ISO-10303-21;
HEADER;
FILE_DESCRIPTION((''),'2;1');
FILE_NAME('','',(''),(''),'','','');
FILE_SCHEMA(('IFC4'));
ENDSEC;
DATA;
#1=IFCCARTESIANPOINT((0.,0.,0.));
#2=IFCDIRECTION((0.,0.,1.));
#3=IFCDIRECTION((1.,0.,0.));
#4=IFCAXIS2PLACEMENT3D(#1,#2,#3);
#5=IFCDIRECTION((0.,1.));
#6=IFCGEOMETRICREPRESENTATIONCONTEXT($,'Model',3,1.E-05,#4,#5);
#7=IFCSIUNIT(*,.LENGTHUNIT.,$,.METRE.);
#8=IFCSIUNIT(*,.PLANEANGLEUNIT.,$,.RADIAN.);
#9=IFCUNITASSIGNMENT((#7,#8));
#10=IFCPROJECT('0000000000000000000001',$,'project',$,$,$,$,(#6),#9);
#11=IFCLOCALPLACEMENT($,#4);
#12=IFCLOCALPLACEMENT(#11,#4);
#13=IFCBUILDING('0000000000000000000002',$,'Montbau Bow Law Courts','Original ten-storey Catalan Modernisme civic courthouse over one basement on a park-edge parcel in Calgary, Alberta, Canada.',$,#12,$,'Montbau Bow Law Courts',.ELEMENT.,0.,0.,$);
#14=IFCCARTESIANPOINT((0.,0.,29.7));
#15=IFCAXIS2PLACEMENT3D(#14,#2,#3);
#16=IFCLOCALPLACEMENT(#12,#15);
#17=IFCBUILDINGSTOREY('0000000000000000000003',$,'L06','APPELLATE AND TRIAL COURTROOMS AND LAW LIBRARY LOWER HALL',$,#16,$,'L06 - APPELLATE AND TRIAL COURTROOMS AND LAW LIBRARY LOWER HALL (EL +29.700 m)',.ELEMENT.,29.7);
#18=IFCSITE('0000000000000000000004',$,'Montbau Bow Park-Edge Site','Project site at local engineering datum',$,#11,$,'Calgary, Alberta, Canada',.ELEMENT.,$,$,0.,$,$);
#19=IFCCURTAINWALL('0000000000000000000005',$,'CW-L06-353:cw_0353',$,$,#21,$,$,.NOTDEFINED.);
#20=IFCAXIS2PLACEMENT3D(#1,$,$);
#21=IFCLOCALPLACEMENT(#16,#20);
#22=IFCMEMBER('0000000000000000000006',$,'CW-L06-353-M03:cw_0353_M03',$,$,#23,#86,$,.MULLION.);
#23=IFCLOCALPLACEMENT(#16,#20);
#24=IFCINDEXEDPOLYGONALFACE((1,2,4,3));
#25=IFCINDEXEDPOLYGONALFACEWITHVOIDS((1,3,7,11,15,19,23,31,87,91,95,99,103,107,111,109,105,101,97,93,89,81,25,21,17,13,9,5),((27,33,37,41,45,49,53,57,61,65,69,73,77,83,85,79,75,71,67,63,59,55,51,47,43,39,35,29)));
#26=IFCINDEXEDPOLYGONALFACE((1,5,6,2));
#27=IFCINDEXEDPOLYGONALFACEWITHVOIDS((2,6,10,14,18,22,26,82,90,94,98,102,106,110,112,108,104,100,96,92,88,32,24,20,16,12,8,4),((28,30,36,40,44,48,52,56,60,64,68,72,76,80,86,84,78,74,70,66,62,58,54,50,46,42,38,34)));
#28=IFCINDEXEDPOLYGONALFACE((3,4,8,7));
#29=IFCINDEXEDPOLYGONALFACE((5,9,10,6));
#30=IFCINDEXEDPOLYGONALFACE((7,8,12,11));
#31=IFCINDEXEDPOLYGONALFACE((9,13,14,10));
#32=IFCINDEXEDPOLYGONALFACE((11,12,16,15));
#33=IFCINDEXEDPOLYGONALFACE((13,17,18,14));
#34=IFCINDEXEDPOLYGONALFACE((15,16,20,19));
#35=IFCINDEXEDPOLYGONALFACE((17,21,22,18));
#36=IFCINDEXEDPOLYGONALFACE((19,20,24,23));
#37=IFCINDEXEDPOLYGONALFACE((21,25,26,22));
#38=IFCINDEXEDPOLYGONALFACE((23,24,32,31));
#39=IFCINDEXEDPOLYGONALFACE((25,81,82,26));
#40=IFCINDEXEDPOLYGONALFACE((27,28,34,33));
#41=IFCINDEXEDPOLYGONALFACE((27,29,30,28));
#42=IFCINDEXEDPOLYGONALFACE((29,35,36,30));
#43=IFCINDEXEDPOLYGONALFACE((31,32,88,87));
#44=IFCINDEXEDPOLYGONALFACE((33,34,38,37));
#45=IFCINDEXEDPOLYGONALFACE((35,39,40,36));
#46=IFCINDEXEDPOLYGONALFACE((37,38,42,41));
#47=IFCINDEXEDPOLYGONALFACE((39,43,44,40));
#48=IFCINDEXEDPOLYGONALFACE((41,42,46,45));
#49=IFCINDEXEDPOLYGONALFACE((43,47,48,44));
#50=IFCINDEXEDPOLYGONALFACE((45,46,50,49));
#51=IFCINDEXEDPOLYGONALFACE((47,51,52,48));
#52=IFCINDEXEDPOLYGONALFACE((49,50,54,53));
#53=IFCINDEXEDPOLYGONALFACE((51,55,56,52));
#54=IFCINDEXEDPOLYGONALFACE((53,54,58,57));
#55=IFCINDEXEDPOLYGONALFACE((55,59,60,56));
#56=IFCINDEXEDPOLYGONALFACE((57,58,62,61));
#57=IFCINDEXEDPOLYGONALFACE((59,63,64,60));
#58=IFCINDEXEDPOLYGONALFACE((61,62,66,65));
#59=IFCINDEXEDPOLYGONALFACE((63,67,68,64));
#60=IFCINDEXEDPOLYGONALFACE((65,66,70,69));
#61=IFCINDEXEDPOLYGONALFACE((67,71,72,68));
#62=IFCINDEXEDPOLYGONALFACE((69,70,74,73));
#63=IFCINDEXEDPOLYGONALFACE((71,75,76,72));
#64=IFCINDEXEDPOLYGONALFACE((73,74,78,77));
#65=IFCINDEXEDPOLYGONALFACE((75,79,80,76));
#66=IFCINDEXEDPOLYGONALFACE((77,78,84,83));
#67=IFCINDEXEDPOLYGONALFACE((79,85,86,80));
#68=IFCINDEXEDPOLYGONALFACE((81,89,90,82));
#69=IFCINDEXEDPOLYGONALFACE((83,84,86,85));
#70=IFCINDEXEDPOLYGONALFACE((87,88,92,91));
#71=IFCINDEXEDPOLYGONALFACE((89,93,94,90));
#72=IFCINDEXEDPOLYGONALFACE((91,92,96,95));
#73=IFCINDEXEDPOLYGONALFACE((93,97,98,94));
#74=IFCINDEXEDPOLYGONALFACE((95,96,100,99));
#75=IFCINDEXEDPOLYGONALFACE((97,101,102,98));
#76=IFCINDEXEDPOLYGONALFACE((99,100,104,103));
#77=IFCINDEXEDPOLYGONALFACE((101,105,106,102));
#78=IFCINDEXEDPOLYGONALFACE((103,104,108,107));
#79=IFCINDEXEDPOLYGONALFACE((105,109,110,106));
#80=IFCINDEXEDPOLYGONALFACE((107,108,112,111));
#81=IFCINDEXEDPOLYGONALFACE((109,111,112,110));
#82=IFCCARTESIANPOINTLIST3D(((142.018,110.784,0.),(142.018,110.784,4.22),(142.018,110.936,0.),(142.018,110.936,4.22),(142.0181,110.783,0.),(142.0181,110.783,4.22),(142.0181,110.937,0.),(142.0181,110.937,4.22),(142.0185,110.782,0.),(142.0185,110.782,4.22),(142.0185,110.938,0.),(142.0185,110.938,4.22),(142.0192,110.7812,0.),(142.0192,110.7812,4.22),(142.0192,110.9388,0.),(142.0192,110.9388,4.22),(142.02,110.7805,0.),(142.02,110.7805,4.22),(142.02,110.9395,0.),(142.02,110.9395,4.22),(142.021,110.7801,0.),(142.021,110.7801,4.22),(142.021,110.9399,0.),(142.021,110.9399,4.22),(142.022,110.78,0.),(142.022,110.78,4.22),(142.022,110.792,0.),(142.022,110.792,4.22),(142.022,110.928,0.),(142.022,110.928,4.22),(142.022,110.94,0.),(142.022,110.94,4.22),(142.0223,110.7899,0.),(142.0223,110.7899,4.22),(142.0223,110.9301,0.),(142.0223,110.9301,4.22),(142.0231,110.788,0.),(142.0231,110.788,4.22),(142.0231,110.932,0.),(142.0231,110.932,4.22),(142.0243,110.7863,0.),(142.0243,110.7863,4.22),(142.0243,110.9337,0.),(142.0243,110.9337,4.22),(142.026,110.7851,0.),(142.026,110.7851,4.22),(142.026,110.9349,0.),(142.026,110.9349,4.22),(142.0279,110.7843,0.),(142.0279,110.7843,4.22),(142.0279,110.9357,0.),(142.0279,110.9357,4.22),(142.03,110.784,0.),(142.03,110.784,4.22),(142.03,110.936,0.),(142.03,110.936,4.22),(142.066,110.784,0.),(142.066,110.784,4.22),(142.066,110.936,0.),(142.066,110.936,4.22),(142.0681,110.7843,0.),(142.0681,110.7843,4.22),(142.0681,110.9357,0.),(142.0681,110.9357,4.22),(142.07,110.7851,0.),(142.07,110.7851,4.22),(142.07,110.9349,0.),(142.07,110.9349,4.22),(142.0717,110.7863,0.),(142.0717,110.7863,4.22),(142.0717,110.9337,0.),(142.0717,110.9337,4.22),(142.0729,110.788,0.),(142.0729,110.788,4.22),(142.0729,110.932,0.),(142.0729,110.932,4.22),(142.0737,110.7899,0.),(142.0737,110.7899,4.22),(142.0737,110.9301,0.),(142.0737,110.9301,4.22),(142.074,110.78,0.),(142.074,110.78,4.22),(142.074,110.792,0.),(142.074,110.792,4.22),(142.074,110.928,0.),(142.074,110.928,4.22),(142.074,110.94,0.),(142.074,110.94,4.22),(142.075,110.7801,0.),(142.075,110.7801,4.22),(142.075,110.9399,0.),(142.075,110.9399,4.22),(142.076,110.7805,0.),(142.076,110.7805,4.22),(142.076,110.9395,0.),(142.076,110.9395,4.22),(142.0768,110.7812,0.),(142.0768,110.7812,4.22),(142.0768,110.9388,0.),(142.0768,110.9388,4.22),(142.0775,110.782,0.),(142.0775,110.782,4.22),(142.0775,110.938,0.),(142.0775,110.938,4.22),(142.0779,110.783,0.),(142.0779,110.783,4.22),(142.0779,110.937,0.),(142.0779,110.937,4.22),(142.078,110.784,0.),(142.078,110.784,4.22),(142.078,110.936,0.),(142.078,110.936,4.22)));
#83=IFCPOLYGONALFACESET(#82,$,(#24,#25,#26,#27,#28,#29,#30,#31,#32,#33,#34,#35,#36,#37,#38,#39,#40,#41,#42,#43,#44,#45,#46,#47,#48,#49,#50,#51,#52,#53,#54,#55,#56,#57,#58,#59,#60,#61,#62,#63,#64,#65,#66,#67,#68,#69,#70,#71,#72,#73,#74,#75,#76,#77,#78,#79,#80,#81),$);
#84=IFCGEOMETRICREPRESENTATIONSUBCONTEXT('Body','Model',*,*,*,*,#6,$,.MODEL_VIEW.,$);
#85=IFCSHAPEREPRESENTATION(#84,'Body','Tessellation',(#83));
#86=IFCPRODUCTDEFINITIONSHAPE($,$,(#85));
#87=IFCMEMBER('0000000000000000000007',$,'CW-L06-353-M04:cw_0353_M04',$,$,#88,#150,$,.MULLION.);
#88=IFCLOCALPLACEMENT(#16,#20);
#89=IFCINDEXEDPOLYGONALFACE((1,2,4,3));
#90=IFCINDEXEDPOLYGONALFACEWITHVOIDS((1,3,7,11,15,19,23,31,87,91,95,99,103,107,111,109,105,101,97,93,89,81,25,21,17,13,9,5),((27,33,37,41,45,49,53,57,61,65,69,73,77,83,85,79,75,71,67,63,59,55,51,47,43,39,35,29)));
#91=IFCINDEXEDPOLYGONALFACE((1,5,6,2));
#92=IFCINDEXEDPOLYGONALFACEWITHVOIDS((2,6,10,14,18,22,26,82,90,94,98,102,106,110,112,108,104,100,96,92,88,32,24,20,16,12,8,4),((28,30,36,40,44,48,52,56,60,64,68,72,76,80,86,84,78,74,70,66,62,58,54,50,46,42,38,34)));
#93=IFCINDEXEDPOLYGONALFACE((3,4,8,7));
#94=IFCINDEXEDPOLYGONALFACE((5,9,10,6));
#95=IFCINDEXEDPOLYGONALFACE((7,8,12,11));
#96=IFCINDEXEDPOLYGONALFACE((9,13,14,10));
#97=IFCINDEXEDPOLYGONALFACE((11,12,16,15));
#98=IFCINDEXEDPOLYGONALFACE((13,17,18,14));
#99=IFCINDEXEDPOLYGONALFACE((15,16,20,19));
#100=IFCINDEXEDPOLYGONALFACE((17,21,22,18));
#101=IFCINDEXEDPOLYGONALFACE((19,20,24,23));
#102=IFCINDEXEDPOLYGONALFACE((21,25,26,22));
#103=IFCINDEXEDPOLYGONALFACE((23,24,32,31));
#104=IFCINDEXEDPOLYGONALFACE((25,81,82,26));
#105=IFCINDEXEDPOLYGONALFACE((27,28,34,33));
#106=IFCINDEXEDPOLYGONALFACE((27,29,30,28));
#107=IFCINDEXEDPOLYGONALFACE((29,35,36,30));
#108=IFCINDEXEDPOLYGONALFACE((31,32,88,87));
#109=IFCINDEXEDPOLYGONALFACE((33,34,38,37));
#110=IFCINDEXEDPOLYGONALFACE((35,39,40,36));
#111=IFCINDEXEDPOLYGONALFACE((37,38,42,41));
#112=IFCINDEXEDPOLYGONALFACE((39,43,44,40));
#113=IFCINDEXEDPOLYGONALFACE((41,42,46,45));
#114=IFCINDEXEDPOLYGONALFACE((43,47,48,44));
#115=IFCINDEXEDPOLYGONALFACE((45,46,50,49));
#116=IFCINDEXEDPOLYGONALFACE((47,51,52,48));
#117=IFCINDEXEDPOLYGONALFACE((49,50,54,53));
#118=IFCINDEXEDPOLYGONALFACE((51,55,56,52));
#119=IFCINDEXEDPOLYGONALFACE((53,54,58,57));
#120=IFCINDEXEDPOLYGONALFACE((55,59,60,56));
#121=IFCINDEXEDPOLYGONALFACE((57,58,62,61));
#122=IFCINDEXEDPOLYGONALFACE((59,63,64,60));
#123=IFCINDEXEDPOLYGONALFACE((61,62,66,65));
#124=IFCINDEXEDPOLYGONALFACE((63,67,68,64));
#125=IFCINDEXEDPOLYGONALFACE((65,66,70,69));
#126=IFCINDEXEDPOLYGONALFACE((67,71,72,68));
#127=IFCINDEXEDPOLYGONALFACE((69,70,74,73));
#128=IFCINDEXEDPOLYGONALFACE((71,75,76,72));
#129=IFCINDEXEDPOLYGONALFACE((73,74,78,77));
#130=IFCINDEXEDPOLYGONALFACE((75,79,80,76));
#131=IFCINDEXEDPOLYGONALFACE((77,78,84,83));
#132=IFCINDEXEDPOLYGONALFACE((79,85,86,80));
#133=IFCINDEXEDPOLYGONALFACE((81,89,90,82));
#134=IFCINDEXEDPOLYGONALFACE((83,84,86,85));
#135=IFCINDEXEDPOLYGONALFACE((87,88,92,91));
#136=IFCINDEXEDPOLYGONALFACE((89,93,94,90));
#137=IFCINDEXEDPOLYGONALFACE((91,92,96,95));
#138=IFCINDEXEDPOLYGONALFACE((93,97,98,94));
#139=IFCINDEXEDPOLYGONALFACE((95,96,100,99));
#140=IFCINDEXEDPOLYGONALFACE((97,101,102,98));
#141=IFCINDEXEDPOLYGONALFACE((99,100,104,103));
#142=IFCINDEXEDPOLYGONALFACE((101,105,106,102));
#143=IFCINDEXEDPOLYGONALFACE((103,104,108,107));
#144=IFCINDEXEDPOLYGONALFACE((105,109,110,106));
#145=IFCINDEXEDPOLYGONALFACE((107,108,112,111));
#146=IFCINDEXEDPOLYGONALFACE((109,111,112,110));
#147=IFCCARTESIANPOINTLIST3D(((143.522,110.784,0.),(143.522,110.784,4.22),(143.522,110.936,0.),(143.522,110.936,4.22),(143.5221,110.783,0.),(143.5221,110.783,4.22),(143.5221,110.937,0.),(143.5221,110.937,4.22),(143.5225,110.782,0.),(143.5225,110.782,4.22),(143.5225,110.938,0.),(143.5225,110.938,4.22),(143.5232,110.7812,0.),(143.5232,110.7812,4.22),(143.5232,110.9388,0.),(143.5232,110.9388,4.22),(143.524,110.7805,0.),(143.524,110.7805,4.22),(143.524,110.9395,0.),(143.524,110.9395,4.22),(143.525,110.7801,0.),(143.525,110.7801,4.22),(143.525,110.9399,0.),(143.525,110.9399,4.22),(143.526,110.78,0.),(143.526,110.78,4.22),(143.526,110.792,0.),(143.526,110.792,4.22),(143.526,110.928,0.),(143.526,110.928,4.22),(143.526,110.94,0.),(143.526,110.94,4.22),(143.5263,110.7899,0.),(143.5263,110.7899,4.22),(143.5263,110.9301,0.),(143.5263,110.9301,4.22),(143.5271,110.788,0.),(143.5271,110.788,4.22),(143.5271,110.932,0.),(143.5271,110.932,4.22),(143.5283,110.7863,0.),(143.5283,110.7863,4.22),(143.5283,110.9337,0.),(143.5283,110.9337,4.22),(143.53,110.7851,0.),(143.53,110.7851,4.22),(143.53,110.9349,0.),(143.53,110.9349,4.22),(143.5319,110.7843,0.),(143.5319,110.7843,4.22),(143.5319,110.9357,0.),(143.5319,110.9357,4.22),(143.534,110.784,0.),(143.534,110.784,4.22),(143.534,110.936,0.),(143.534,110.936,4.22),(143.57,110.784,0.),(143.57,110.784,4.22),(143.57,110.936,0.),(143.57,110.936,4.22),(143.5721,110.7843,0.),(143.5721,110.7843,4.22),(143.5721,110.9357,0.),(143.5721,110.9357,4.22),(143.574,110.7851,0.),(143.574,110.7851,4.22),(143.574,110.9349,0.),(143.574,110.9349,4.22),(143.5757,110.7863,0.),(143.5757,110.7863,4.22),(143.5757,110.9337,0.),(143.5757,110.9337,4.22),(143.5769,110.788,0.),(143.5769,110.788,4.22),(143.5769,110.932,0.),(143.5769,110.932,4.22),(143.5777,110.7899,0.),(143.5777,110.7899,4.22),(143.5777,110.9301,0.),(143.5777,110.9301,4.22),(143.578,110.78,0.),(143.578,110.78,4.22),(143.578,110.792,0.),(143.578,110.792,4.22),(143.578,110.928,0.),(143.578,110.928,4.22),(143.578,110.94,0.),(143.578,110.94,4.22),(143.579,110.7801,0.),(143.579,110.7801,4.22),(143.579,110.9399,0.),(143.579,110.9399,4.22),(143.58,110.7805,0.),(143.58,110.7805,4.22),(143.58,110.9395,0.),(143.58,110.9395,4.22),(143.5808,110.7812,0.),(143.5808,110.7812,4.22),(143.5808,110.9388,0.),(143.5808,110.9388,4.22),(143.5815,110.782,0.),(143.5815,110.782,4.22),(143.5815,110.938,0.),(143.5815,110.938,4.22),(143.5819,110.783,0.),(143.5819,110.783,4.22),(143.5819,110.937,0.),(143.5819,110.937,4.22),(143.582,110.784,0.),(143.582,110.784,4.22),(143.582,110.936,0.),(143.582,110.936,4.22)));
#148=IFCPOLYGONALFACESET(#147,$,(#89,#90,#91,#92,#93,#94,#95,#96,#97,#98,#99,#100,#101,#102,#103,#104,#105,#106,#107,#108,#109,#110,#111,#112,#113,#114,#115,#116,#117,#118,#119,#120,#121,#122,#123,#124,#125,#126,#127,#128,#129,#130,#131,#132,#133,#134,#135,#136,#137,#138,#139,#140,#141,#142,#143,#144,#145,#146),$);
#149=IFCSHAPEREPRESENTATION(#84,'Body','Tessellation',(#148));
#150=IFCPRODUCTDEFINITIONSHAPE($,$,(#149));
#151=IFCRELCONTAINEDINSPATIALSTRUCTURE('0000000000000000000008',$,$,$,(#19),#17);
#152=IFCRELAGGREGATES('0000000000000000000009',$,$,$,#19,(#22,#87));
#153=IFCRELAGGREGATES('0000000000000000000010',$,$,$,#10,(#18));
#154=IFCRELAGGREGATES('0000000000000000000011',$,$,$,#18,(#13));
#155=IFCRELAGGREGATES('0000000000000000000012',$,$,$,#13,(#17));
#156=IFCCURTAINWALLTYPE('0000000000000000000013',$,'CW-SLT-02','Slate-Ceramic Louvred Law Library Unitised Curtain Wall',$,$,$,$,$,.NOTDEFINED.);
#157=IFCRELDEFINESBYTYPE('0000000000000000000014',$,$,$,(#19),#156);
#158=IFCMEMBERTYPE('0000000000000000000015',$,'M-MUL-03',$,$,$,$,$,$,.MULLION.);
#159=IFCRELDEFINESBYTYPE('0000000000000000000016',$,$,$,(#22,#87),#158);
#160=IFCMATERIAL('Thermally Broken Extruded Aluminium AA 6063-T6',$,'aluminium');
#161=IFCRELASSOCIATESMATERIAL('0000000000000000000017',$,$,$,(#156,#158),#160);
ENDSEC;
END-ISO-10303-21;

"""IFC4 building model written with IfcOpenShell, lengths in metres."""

from ifc_helpers import new_model, si_unit, direction, frame, origin_with_axes, origin_2d_with_axis, place, context, subcontext, project, spatial, hollow_rectangle, extrude, material, material_profile, profile_set, type_object, element, aggregate, save


model = new_model("IFC4")

# Units and contexts
model_context = context("Model", 3, precision=1e-05, world=origin_with_axes(), true_north=direction((0.0, 1.0)))
body_context = subcontext(model_context, "Body", "Model", "MODEL_VIEW")
ifc_project = project(units=[si_unit("LENGTHUNIT", "METRE"), si_unit("PLANEANGLEUNIT", "RADIAN")], contexts=[model_context])

# Site, building, storey
site_placement = place(None, origin_with_axes())
site = spatial("IfcSite", under=ifc_project, at=site_placement, Name="Montbau Bow Park-Edge Site", Description="Project site at local engineering datum", LongName="Calgary, Alberta, Canada", CompositionType="ELEMENT", RefElevation=0.0)
building_placement = place(site_placement, origin_with_axes())
building = spatial("IfcBuilding", under=site, at=building_placement, Name="Montbau Bow Law Courts", Description="Original ten-storey Catalan Modernisme civic courthouse over one basement on a park-edge parcel in Calgary, Alberta, Canada.", LongName="Montbau Bow Law Courts", CompositionType="ELEMENT", ElevationOfRefHeight=0.0, ElevationOfTerrain=0.0)
storey_placement = place(building_placement, frame((0.0, 0.0, 29.7), z_axis=(0.0, 0.0, 1.0), x_axis=(1.0, 0.0, 0.0)))
storey = spatial("IfcBuildingStorey", under=building, at=storey_placement, Name="L06", Description="APPELLATE AND TRIAL COURTROOMS AND LAW LIBRARY LOWER HALL", LongName="L06 - APPELLATE AND TRIAL COURTROOMS AND LAW LIBRARY LOWER HALL (EL +29.700 m)", CompositionType="ELEMENT", Elevation=29.7)

# Curtain wall, members
ifc_material_1 = material(Name="Thermally Broken Extruded Aluminium AA 6063-T6", Category="aluminium")
curtain_wall_type = type_object("IfcCurtainWallType", Name="CW-SLT-02", Description="Slate-Ceramic Louvred Law Library Unitised Curtain Wall", PredefinedType="NOTDEFINED", material=ifc_material_1)
curtain_wall_placement = place(None, frame((139.04, 110.86, 29.7), z_axis=(0.0, 0.0, 1.0), x_axis=(1.0, 0.0, 0.0)))
curtain_wall = element("IfcCurtainWall", 1, at=curtain_wall_placement, inside=storey, type_object=curtain_wall_type, Name="CW-L06-353:cw_0353", PredefinedType="NOTDEFINED")
ifc_material_profile_1 = material_profile(ifc_material_1, hollow_rectangle(XDim=0.06, YDim=0.16, WallThickness=0.004, InnerFilletRadius=0.008, OuterFilletRadius=0.004, at=origin_2d_with_axis()), Name="CWM-160X60", Category="Main", Priority=0)
ifc_profile_set_1 = profile_set([ifc_material_profile_1], Name="Thermally Broken Extruded Aluminium AA 6063-T6")
member_type_1 = type_object("IfcMemberType", Name="M-MUL-03", PredefinedType="MULLION", material=ifc_profile_set_1)
member_1_placement = place(None, frame((142.048, 110.86, 29.7), z_axis=(0.0, 0.0, 1.0), x_axis=(1.0, 0.0, 0.0)))
member_1 = element("IfcMember", 2, at=member_1_placement, type_object=member_type_1, Name="CW-L06-353-M03:cw_0353_M03", PredefinedType="MULLION", context=body_context, shape_type="SweptSolid", body=[
    extrude(hollow_rectangle(XDim=0.06, YDim=0.16, WallThickness=0.004, InnerFilletRadius=0.008, OuterFilletRadius=0.004, at=origin_2d_with_axis()), origin_with_axes(), (0.0, 0.0, 1.0), 4.22),
])
member_2_placement = place(None, frame((143.552, 110.86, 29.7), z_axis=(0.0, 0.0, 1.0), x_axis=(1.0, 0.0, 0.0)))
member_2 = element("IfcMember", 3, at=member_2_placement, type_object=member_type_1, Name="CW-L06-353-M04:cw_0353_M04", PredefinedType="MULLION", context=body_context, shape_type="SweptSolid", body=[
    extrude(hollow_rectangle(XDim=0.06, YDim=0.16, WallThickness=0.004, InnerFilletRadius=0.008, OuterFilletRadius=0.004, at=origin_2d_with_axis()), origin_with_axes(), (0.0, 0.0, 1.0), 4.22),
])
aggregate(curtain_wall, [member_1, member_2])

save(model, "model.ifc")
